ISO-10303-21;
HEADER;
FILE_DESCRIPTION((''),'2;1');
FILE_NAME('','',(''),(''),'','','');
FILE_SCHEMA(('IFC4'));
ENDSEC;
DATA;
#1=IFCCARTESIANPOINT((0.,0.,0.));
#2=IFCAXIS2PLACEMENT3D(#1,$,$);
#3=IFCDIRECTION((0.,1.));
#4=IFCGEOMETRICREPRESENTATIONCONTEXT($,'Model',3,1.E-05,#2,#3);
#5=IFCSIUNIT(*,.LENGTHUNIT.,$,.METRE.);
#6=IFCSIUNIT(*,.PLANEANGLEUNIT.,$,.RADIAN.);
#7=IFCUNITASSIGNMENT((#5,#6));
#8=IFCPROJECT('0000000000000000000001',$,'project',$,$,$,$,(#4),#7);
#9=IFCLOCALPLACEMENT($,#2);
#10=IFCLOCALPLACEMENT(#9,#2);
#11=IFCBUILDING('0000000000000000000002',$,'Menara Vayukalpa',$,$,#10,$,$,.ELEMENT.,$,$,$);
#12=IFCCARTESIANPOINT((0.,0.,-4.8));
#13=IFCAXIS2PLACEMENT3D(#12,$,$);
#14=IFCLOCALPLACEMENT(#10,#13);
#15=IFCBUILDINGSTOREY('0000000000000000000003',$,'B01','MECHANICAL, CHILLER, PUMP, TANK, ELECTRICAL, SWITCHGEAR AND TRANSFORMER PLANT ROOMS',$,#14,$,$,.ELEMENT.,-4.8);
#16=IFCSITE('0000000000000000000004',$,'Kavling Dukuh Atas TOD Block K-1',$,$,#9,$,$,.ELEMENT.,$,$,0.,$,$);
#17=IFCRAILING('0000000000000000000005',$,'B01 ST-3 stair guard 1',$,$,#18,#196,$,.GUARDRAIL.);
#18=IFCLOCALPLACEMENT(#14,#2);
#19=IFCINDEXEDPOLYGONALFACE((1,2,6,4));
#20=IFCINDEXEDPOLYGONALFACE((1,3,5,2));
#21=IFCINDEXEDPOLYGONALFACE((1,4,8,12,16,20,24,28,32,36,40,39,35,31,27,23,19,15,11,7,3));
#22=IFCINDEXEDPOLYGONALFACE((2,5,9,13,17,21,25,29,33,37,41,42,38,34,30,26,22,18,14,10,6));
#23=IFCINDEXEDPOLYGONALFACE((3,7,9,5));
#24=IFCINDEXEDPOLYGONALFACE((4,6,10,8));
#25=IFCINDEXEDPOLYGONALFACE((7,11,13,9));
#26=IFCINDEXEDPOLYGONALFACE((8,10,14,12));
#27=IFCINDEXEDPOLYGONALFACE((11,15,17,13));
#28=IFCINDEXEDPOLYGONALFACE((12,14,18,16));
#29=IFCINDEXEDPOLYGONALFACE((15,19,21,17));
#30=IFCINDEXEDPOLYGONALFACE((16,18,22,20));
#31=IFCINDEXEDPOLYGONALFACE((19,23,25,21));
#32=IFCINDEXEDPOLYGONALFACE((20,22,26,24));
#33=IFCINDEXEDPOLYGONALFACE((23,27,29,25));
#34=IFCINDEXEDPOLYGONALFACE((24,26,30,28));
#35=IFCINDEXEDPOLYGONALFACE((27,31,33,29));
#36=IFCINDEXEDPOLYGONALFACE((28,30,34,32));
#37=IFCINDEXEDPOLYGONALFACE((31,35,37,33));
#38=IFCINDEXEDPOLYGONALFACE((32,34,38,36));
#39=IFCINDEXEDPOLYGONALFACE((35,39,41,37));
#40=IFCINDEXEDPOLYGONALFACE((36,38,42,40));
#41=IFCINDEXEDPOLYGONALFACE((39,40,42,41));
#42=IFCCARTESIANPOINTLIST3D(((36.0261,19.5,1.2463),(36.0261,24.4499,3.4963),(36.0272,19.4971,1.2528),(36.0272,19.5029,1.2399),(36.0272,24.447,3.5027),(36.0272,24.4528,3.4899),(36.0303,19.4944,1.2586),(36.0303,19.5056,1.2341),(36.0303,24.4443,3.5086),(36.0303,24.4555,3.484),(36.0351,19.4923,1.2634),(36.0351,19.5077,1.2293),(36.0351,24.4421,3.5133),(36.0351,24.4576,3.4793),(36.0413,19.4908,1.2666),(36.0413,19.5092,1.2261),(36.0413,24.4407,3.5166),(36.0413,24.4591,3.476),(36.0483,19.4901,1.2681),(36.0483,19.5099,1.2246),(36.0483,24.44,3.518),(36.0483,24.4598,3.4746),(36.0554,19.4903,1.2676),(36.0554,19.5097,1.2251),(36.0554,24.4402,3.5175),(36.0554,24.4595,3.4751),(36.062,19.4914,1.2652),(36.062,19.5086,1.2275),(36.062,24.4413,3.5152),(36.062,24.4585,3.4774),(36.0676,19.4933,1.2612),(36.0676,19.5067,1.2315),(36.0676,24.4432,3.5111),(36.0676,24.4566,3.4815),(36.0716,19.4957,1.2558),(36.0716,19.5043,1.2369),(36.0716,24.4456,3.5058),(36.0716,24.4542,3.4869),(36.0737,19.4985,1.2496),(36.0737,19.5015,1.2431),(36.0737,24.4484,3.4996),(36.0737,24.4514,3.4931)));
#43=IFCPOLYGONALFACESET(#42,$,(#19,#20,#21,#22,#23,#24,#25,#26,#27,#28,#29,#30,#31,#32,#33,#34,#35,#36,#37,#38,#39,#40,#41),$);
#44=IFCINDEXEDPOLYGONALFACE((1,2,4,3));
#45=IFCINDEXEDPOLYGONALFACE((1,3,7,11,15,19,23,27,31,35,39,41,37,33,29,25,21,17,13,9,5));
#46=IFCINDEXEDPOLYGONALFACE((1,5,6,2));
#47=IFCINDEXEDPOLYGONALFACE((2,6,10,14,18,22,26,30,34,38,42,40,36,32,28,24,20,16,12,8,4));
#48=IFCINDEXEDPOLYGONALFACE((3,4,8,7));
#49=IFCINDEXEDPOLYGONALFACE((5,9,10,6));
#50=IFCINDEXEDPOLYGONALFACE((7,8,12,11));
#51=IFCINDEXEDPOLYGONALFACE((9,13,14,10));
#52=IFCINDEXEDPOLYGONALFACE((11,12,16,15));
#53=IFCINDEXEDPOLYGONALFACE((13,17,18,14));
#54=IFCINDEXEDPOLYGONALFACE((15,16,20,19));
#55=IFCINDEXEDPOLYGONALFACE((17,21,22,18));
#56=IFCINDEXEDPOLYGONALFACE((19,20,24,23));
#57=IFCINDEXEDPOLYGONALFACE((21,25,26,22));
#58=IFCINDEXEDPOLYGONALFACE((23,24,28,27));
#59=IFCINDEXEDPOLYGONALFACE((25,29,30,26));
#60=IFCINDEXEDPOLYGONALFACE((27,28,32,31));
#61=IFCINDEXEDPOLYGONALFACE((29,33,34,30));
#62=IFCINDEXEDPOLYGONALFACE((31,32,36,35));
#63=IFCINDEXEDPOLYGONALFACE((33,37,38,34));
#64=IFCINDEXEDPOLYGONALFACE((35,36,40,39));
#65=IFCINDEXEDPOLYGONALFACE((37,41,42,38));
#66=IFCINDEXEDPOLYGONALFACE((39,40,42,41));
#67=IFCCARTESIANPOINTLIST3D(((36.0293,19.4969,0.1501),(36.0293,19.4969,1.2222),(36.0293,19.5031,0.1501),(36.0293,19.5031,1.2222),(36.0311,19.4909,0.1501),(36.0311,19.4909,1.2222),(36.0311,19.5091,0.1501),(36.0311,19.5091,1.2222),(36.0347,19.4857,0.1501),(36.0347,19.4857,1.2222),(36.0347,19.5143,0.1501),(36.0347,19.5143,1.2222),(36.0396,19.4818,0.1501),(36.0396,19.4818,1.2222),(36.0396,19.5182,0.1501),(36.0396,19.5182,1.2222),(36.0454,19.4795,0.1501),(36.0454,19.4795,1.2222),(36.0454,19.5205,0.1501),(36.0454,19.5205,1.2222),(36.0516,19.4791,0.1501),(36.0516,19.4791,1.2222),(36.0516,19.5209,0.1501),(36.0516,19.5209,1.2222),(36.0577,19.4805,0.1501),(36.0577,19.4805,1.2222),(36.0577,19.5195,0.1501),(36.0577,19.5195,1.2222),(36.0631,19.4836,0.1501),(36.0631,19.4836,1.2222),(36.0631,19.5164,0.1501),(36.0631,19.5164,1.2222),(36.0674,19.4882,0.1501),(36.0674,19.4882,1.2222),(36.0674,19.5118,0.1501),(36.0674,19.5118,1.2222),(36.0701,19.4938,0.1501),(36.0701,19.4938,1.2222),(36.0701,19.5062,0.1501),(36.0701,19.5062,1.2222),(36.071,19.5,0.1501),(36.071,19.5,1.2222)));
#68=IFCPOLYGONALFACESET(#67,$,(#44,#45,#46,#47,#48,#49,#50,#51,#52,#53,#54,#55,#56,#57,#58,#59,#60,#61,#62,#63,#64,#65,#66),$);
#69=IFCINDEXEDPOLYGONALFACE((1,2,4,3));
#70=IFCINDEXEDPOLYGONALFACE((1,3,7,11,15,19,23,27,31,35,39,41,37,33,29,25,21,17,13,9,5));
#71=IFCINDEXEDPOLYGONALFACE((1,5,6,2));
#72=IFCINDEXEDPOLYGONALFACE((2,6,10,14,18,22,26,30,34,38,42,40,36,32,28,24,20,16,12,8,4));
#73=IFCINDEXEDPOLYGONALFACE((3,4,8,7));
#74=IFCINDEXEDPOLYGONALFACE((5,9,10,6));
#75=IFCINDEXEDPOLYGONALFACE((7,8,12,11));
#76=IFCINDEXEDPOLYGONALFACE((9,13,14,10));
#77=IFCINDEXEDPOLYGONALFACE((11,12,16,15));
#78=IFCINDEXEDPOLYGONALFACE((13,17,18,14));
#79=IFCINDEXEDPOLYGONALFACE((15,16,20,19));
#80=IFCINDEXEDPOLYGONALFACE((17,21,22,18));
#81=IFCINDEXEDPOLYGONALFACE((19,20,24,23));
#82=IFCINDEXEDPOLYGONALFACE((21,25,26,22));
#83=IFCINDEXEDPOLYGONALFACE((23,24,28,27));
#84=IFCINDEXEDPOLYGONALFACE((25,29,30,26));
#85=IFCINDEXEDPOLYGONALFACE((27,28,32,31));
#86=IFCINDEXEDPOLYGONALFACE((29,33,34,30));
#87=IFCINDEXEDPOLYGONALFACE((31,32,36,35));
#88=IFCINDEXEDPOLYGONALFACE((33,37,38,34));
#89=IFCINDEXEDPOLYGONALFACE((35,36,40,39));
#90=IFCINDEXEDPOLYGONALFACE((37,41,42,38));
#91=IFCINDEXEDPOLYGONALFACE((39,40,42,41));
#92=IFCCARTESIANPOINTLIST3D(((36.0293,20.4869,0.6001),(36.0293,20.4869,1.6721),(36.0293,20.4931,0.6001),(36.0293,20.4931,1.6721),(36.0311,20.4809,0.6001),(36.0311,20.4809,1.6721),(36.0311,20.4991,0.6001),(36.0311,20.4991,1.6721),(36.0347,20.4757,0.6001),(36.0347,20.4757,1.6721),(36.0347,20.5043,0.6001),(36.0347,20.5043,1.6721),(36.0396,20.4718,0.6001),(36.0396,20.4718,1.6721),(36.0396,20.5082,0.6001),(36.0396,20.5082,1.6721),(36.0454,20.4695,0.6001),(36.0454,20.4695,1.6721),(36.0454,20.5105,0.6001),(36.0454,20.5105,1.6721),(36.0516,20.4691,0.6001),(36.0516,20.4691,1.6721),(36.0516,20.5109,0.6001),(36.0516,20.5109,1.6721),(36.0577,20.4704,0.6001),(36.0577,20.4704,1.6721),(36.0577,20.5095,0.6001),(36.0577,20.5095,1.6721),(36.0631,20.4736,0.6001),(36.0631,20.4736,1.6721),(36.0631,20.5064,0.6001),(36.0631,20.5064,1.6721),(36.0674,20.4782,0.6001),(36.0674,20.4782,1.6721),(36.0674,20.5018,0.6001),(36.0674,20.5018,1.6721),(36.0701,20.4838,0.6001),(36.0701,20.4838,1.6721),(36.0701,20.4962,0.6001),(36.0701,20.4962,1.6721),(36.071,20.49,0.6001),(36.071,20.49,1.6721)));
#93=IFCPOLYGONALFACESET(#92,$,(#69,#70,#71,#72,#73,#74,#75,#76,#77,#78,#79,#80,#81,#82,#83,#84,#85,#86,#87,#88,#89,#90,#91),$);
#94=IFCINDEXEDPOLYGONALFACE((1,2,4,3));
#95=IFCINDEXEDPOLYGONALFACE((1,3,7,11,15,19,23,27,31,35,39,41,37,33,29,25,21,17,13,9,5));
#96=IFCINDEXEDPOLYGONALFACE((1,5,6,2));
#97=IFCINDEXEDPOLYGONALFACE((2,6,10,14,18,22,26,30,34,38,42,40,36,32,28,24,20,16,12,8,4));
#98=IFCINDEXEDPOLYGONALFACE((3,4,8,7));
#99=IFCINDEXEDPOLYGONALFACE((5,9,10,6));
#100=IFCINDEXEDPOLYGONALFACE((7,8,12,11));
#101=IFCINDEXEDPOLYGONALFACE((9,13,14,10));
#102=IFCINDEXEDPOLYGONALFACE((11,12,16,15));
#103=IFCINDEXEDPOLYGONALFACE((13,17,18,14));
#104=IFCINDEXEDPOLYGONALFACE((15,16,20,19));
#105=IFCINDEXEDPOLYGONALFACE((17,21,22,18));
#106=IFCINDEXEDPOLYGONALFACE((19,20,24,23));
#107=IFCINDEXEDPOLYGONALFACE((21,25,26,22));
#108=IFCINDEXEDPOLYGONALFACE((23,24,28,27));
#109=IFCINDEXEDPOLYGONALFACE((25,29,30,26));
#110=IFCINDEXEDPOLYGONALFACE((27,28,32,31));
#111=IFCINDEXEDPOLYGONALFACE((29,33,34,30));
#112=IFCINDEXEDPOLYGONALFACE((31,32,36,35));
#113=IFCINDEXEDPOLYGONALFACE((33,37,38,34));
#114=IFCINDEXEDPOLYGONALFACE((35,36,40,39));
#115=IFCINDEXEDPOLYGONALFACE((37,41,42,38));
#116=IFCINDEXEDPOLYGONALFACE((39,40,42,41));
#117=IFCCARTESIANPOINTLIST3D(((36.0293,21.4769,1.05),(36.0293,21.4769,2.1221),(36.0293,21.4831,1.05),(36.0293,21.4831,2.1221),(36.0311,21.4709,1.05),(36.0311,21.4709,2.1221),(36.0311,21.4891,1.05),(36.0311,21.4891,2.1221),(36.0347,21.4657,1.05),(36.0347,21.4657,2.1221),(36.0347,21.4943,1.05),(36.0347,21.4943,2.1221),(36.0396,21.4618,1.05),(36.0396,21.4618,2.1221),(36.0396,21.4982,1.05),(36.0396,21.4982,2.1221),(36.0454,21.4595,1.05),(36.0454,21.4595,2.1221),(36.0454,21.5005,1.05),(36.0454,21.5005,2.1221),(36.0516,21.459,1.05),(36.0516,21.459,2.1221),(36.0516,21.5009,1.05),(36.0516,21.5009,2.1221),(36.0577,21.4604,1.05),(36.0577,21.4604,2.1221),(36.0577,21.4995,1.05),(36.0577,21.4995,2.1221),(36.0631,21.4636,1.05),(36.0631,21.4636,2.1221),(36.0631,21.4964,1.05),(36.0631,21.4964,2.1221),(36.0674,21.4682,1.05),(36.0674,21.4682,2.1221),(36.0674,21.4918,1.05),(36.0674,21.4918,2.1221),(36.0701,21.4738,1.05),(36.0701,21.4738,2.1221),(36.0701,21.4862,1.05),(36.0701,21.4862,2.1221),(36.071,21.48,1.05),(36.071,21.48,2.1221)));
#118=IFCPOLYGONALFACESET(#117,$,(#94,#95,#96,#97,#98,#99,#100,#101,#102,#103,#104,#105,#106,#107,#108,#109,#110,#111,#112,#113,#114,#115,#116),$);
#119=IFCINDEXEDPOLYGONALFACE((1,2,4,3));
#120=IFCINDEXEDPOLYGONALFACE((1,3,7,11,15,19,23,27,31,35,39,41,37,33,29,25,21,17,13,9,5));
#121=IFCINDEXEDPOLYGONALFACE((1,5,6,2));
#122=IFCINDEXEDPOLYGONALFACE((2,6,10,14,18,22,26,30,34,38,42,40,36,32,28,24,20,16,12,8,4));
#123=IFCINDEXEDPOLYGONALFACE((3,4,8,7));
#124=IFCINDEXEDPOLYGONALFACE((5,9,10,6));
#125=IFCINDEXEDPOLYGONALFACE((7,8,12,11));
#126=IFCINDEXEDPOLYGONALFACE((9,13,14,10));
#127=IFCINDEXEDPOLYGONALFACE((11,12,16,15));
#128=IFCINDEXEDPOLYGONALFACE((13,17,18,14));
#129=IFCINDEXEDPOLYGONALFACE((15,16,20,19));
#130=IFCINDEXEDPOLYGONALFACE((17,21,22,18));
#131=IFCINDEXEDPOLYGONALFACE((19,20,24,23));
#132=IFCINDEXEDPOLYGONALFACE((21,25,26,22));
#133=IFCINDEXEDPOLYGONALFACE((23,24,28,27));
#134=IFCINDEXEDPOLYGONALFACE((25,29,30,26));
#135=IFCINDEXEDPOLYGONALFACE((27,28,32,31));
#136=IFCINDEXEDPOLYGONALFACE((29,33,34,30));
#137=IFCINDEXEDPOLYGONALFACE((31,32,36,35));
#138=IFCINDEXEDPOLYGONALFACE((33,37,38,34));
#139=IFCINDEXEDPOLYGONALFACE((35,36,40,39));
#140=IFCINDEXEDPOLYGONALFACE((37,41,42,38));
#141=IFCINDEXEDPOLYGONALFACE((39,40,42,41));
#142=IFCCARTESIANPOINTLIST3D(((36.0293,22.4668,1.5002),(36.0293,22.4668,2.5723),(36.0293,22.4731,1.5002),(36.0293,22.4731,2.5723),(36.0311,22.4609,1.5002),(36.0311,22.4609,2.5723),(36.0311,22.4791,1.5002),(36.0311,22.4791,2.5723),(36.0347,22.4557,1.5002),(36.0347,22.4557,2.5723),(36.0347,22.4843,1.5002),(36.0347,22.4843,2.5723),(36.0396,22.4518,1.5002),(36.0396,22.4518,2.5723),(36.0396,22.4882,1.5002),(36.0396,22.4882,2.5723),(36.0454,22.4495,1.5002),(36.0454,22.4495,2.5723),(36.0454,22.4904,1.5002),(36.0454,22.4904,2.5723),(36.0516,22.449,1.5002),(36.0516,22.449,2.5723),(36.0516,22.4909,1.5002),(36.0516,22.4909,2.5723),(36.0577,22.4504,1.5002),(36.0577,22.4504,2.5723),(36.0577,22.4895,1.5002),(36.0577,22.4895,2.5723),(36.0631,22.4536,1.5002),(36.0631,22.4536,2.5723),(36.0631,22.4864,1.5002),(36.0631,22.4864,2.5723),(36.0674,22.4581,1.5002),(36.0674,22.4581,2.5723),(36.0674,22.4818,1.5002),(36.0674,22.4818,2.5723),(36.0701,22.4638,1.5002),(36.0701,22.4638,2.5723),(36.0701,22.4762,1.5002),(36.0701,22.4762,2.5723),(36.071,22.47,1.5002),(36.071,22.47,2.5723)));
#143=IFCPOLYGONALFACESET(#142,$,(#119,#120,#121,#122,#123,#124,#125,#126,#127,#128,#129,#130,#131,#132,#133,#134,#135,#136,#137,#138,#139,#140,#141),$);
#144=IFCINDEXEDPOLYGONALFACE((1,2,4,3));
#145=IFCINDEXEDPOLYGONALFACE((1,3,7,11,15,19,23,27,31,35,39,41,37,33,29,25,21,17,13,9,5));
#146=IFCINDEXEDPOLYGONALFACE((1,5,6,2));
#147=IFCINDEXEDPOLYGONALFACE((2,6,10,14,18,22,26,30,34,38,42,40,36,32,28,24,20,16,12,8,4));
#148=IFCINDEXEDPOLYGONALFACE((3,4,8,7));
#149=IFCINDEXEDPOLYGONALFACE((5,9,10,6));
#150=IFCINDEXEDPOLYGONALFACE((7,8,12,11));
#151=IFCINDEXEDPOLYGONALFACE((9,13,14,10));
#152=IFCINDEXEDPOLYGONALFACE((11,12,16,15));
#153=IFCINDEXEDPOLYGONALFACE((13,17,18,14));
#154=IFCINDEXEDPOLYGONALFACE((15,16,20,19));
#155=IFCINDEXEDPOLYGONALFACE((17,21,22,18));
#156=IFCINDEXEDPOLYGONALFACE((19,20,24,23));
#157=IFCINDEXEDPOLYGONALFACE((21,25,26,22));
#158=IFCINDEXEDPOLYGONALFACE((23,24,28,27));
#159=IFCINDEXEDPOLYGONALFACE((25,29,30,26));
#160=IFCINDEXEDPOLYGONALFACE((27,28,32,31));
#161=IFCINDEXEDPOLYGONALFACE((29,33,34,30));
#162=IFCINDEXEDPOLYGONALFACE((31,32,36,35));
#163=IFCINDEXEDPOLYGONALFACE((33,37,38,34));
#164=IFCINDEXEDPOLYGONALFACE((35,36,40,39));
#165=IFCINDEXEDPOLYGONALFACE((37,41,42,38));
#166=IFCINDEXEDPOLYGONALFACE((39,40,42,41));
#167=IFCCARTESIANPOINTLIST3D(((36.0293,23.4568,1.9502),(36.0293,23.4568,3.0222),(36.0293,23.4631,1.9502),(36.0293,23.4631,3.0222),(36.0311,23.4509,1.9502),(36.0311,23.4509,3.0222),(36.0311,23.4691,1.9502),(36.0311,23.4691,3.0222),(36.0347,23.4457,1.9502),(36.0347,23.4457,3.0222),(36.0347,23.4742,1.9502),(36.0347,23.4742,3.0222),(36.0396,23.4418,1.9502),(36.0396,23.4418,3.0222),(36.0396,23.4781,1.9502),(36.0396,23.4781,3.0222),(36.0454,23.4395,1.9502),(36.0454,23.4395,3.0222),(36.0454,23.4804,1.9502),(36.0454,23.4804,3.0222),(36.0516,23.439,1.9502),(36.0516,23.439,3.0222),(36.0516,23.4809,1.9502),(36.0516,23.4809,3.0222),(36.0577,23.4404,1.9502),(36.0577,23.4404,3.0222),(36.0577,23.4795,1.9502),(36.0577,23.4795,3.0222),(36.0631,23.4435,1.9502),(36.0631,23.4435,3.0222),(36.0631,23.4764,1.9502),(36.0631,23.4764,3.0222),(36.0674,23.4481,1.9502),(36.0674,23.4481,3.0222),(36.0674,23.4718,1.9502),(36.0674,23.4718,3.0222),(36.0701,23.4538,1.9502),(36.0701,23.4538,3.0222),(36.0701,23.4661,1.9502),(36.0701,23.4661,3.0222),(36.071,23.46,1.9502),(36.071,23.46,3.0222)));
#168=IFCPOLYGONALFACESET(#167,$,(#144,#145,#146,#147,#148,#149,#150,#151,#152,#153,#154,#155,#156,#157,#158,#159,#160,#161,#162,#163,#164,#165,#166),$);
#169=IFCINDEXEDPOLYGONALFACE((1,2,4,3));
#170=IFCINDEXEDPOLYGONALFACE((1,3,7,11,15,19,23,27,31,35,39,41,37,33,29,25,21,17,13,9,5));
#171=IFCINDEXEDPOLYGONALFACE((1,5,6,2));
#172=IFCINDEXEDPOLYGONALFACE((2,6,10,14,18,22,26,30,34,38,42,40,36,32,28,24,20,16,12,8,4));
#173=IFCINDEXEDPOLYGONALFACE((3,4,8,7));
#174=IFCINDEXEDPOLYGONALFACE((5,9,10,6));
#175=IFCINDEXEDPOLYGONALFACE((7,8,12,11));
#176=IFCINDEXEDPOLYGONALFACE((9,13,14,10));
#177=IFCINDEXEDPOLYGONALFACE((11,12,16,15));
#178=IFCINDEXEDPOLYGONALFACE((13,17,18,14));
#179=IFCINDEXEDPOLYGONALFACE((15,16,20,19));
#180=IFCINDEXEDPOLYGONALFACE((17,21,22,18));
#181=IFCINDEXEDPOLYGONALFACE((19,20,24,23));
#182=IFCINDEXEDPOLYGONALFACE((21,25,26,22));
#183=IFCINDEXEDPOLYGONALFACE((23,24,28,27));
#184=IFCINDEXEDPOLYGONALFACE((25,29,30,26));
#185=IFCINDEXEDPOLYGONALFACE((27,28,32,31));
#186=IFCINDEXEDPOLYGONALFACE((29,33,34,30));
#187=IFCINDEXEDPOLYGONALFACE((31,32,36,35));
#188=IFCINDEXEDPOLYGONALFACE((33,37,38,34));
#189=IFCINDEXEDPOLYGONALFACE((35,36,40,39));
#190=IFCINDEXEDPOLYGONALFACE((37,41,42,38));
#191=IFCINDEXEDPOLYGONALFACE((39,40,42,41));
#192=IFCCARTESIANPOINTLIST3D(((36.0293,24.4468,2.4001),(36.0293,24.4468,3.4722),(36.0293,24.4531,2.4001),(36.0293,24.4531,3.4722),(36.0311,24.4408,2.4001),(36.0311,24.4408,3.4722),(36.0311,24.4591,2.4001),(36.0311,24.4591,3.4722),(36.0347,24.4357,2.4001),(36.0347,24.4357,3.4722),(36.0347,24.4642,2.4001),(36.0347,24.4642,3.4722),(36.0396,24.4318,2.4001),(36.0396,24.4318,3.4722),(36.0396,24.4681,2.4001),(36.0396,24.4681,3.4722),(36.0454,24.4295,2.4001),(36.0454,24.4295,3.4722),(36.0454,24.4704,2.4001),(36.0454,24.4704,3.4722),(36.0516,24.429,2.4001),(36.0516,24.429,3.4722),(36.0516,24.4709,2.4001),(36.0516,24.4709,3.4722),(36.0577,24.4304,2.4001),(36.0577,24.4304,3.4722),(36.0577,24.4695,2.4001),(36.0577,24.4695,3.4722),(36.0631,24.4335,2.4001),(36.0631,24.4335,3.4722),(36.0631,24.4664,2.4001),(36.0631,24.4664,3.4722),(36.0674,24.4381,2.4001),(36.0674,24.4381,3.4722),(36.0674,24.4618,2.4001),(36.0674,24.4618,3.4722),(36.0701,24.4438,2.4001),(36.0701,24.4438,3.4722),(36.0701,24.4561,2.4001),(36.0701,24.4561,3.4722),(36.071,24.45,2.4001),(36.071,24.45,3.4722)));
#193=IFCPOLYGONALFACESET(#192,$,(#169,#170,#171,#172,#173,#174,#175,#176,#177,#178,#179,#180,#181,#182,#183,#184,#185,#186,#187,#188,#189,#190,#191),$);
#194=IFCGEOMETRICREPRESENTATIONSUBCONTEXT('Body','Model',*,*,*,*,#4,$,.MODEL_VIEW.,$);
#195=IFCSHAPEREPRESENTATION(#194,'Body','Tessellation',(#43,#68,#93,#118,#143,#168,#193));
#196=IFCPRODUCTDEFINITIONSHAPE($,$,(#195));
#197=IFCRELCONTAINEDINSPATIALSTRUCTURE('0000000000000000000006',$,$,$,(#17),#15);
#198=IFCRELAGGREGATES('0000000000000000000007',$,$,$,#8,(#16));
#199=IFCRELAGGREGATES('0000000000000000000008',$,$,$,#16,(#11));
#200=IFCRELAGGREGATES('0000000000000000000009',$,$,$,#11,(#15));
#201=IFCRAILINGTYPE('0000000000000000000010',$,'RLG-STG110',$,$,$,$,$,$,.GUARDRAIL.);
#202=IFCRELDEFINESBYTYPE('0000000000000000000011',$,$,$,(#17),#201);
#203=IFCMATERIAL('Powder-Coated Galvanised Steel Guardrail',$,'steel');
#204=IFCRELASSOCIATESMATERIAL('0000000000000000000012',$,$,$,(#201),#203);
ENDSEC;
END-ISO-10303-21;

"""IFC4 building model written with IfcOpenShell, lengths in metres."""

from ifc_helpers import new_model, si_unit, direction, frame, origin, origin_2d, place, context, subcontext, project, spatial, circle, extrude, material, type_object, element, save


model = new_model("IFC4")

# Units and contexts
model_context = context("Model", 3, precision=1e-05, world=origin(), true_north=direction((0.0, 1.0)))
body_context = subcontext(model_context, "Body", "Model", "MODEL_VIEW")
ifc_project = project(units=[si_unit("LENGTHUNIT", "METRE"), si_unit("PLANEANGLEUNIT", "RADIAN")], contexts=[model_context])

# Site, building, storey
site_placement = place(None, origin())
site = spatial("IfcSite", under=ifc_project, at=site_placement, Name="Kavling Dukuh Atas TOD Block K-1", CompositionType="ELEMENT", RefElevation=0.0)
building_placement = place(site_placement, origin())
building = spatial("IfcBuilding", under=site, at=building_placement, Name="Menara Vayukalpa", CompositionType="ELEMENT")
storey_placement = place(building_placement, frame((0.0, 0.0, -4.8)))
storey = spatial("IfcBuildingStorey", under=building, at=storey_placement, Name="B01", Description="MECHANICAL, CHILLER, PUMP, TANK, ELECTRICAL, SWITCHGEAR AND TRANSFORMER PLANT ROOMS", CompositionType="ELEMENT", Elevation=-4.8)

# Railing
ifc_material_1 = material(Name="Powder-Coated Galvanised Steel Guardrail", Category="steel")
railing_type_1 = type_object("IfcRailingType", Name="RLG-STG110", PredefinedType="GUARDRAIL", material=ifc_material_1)
railing_1_placement = place(storey_placement, frame((36.05, 19.5, 0.1501)))
element("IfcRailing", 1, at=railing_1_placement, inside=storey, type_object=railing_type_1, Name="B01 ST-3 stair guard 1", PredefinedType="GUARDRAIL", context=body_context, shape_type="SweptSolid", body=[
    extrude(circle(Radius=0.0239, at=origin_2d()), frame((0.0, 0.0, 1.0962), z_axis=(0.0, 0.910365, 0.413806), x_axis=(-1.0, 0.0, 0.0)), (0.0, 0.0, 1.0), 5.4373),
    extrude(circle(Radius=0.021, at=origin_2d()), origin(), (0.0, 0.0, 1.0), 1.072),
    extrude(circle(Radius=0.021, at=origin_2d()), frame((0.0, 0.99, 0.45)), (0.0, 0.0, 1.0), 1.072),
    extrude(circle(Radius=0.021, at=origin_2d()), frame((0.0, 1.98, 0.8999)), (0.0, 0.0, 1.0), 1.072),
    extrude(circle(Radius=0.021, at=origin_2d()), frame((0.0, 2.97, 1.3501)), (0.0, 0.0, 1.0), 1.072),
    extrude(circle(Radius=0.021, at=origin_2d()), frame((0.0, 3.96, 1.8)), (0.0, 0.0, 1.0), 1.072),
    extrude(circle(Radius=0.021, at=origin_2d()), frame((0.0, 4.95, 2.25)), (0.0, 0.0, 1.0), 1.072),
])

save(model, "model.ifc")
